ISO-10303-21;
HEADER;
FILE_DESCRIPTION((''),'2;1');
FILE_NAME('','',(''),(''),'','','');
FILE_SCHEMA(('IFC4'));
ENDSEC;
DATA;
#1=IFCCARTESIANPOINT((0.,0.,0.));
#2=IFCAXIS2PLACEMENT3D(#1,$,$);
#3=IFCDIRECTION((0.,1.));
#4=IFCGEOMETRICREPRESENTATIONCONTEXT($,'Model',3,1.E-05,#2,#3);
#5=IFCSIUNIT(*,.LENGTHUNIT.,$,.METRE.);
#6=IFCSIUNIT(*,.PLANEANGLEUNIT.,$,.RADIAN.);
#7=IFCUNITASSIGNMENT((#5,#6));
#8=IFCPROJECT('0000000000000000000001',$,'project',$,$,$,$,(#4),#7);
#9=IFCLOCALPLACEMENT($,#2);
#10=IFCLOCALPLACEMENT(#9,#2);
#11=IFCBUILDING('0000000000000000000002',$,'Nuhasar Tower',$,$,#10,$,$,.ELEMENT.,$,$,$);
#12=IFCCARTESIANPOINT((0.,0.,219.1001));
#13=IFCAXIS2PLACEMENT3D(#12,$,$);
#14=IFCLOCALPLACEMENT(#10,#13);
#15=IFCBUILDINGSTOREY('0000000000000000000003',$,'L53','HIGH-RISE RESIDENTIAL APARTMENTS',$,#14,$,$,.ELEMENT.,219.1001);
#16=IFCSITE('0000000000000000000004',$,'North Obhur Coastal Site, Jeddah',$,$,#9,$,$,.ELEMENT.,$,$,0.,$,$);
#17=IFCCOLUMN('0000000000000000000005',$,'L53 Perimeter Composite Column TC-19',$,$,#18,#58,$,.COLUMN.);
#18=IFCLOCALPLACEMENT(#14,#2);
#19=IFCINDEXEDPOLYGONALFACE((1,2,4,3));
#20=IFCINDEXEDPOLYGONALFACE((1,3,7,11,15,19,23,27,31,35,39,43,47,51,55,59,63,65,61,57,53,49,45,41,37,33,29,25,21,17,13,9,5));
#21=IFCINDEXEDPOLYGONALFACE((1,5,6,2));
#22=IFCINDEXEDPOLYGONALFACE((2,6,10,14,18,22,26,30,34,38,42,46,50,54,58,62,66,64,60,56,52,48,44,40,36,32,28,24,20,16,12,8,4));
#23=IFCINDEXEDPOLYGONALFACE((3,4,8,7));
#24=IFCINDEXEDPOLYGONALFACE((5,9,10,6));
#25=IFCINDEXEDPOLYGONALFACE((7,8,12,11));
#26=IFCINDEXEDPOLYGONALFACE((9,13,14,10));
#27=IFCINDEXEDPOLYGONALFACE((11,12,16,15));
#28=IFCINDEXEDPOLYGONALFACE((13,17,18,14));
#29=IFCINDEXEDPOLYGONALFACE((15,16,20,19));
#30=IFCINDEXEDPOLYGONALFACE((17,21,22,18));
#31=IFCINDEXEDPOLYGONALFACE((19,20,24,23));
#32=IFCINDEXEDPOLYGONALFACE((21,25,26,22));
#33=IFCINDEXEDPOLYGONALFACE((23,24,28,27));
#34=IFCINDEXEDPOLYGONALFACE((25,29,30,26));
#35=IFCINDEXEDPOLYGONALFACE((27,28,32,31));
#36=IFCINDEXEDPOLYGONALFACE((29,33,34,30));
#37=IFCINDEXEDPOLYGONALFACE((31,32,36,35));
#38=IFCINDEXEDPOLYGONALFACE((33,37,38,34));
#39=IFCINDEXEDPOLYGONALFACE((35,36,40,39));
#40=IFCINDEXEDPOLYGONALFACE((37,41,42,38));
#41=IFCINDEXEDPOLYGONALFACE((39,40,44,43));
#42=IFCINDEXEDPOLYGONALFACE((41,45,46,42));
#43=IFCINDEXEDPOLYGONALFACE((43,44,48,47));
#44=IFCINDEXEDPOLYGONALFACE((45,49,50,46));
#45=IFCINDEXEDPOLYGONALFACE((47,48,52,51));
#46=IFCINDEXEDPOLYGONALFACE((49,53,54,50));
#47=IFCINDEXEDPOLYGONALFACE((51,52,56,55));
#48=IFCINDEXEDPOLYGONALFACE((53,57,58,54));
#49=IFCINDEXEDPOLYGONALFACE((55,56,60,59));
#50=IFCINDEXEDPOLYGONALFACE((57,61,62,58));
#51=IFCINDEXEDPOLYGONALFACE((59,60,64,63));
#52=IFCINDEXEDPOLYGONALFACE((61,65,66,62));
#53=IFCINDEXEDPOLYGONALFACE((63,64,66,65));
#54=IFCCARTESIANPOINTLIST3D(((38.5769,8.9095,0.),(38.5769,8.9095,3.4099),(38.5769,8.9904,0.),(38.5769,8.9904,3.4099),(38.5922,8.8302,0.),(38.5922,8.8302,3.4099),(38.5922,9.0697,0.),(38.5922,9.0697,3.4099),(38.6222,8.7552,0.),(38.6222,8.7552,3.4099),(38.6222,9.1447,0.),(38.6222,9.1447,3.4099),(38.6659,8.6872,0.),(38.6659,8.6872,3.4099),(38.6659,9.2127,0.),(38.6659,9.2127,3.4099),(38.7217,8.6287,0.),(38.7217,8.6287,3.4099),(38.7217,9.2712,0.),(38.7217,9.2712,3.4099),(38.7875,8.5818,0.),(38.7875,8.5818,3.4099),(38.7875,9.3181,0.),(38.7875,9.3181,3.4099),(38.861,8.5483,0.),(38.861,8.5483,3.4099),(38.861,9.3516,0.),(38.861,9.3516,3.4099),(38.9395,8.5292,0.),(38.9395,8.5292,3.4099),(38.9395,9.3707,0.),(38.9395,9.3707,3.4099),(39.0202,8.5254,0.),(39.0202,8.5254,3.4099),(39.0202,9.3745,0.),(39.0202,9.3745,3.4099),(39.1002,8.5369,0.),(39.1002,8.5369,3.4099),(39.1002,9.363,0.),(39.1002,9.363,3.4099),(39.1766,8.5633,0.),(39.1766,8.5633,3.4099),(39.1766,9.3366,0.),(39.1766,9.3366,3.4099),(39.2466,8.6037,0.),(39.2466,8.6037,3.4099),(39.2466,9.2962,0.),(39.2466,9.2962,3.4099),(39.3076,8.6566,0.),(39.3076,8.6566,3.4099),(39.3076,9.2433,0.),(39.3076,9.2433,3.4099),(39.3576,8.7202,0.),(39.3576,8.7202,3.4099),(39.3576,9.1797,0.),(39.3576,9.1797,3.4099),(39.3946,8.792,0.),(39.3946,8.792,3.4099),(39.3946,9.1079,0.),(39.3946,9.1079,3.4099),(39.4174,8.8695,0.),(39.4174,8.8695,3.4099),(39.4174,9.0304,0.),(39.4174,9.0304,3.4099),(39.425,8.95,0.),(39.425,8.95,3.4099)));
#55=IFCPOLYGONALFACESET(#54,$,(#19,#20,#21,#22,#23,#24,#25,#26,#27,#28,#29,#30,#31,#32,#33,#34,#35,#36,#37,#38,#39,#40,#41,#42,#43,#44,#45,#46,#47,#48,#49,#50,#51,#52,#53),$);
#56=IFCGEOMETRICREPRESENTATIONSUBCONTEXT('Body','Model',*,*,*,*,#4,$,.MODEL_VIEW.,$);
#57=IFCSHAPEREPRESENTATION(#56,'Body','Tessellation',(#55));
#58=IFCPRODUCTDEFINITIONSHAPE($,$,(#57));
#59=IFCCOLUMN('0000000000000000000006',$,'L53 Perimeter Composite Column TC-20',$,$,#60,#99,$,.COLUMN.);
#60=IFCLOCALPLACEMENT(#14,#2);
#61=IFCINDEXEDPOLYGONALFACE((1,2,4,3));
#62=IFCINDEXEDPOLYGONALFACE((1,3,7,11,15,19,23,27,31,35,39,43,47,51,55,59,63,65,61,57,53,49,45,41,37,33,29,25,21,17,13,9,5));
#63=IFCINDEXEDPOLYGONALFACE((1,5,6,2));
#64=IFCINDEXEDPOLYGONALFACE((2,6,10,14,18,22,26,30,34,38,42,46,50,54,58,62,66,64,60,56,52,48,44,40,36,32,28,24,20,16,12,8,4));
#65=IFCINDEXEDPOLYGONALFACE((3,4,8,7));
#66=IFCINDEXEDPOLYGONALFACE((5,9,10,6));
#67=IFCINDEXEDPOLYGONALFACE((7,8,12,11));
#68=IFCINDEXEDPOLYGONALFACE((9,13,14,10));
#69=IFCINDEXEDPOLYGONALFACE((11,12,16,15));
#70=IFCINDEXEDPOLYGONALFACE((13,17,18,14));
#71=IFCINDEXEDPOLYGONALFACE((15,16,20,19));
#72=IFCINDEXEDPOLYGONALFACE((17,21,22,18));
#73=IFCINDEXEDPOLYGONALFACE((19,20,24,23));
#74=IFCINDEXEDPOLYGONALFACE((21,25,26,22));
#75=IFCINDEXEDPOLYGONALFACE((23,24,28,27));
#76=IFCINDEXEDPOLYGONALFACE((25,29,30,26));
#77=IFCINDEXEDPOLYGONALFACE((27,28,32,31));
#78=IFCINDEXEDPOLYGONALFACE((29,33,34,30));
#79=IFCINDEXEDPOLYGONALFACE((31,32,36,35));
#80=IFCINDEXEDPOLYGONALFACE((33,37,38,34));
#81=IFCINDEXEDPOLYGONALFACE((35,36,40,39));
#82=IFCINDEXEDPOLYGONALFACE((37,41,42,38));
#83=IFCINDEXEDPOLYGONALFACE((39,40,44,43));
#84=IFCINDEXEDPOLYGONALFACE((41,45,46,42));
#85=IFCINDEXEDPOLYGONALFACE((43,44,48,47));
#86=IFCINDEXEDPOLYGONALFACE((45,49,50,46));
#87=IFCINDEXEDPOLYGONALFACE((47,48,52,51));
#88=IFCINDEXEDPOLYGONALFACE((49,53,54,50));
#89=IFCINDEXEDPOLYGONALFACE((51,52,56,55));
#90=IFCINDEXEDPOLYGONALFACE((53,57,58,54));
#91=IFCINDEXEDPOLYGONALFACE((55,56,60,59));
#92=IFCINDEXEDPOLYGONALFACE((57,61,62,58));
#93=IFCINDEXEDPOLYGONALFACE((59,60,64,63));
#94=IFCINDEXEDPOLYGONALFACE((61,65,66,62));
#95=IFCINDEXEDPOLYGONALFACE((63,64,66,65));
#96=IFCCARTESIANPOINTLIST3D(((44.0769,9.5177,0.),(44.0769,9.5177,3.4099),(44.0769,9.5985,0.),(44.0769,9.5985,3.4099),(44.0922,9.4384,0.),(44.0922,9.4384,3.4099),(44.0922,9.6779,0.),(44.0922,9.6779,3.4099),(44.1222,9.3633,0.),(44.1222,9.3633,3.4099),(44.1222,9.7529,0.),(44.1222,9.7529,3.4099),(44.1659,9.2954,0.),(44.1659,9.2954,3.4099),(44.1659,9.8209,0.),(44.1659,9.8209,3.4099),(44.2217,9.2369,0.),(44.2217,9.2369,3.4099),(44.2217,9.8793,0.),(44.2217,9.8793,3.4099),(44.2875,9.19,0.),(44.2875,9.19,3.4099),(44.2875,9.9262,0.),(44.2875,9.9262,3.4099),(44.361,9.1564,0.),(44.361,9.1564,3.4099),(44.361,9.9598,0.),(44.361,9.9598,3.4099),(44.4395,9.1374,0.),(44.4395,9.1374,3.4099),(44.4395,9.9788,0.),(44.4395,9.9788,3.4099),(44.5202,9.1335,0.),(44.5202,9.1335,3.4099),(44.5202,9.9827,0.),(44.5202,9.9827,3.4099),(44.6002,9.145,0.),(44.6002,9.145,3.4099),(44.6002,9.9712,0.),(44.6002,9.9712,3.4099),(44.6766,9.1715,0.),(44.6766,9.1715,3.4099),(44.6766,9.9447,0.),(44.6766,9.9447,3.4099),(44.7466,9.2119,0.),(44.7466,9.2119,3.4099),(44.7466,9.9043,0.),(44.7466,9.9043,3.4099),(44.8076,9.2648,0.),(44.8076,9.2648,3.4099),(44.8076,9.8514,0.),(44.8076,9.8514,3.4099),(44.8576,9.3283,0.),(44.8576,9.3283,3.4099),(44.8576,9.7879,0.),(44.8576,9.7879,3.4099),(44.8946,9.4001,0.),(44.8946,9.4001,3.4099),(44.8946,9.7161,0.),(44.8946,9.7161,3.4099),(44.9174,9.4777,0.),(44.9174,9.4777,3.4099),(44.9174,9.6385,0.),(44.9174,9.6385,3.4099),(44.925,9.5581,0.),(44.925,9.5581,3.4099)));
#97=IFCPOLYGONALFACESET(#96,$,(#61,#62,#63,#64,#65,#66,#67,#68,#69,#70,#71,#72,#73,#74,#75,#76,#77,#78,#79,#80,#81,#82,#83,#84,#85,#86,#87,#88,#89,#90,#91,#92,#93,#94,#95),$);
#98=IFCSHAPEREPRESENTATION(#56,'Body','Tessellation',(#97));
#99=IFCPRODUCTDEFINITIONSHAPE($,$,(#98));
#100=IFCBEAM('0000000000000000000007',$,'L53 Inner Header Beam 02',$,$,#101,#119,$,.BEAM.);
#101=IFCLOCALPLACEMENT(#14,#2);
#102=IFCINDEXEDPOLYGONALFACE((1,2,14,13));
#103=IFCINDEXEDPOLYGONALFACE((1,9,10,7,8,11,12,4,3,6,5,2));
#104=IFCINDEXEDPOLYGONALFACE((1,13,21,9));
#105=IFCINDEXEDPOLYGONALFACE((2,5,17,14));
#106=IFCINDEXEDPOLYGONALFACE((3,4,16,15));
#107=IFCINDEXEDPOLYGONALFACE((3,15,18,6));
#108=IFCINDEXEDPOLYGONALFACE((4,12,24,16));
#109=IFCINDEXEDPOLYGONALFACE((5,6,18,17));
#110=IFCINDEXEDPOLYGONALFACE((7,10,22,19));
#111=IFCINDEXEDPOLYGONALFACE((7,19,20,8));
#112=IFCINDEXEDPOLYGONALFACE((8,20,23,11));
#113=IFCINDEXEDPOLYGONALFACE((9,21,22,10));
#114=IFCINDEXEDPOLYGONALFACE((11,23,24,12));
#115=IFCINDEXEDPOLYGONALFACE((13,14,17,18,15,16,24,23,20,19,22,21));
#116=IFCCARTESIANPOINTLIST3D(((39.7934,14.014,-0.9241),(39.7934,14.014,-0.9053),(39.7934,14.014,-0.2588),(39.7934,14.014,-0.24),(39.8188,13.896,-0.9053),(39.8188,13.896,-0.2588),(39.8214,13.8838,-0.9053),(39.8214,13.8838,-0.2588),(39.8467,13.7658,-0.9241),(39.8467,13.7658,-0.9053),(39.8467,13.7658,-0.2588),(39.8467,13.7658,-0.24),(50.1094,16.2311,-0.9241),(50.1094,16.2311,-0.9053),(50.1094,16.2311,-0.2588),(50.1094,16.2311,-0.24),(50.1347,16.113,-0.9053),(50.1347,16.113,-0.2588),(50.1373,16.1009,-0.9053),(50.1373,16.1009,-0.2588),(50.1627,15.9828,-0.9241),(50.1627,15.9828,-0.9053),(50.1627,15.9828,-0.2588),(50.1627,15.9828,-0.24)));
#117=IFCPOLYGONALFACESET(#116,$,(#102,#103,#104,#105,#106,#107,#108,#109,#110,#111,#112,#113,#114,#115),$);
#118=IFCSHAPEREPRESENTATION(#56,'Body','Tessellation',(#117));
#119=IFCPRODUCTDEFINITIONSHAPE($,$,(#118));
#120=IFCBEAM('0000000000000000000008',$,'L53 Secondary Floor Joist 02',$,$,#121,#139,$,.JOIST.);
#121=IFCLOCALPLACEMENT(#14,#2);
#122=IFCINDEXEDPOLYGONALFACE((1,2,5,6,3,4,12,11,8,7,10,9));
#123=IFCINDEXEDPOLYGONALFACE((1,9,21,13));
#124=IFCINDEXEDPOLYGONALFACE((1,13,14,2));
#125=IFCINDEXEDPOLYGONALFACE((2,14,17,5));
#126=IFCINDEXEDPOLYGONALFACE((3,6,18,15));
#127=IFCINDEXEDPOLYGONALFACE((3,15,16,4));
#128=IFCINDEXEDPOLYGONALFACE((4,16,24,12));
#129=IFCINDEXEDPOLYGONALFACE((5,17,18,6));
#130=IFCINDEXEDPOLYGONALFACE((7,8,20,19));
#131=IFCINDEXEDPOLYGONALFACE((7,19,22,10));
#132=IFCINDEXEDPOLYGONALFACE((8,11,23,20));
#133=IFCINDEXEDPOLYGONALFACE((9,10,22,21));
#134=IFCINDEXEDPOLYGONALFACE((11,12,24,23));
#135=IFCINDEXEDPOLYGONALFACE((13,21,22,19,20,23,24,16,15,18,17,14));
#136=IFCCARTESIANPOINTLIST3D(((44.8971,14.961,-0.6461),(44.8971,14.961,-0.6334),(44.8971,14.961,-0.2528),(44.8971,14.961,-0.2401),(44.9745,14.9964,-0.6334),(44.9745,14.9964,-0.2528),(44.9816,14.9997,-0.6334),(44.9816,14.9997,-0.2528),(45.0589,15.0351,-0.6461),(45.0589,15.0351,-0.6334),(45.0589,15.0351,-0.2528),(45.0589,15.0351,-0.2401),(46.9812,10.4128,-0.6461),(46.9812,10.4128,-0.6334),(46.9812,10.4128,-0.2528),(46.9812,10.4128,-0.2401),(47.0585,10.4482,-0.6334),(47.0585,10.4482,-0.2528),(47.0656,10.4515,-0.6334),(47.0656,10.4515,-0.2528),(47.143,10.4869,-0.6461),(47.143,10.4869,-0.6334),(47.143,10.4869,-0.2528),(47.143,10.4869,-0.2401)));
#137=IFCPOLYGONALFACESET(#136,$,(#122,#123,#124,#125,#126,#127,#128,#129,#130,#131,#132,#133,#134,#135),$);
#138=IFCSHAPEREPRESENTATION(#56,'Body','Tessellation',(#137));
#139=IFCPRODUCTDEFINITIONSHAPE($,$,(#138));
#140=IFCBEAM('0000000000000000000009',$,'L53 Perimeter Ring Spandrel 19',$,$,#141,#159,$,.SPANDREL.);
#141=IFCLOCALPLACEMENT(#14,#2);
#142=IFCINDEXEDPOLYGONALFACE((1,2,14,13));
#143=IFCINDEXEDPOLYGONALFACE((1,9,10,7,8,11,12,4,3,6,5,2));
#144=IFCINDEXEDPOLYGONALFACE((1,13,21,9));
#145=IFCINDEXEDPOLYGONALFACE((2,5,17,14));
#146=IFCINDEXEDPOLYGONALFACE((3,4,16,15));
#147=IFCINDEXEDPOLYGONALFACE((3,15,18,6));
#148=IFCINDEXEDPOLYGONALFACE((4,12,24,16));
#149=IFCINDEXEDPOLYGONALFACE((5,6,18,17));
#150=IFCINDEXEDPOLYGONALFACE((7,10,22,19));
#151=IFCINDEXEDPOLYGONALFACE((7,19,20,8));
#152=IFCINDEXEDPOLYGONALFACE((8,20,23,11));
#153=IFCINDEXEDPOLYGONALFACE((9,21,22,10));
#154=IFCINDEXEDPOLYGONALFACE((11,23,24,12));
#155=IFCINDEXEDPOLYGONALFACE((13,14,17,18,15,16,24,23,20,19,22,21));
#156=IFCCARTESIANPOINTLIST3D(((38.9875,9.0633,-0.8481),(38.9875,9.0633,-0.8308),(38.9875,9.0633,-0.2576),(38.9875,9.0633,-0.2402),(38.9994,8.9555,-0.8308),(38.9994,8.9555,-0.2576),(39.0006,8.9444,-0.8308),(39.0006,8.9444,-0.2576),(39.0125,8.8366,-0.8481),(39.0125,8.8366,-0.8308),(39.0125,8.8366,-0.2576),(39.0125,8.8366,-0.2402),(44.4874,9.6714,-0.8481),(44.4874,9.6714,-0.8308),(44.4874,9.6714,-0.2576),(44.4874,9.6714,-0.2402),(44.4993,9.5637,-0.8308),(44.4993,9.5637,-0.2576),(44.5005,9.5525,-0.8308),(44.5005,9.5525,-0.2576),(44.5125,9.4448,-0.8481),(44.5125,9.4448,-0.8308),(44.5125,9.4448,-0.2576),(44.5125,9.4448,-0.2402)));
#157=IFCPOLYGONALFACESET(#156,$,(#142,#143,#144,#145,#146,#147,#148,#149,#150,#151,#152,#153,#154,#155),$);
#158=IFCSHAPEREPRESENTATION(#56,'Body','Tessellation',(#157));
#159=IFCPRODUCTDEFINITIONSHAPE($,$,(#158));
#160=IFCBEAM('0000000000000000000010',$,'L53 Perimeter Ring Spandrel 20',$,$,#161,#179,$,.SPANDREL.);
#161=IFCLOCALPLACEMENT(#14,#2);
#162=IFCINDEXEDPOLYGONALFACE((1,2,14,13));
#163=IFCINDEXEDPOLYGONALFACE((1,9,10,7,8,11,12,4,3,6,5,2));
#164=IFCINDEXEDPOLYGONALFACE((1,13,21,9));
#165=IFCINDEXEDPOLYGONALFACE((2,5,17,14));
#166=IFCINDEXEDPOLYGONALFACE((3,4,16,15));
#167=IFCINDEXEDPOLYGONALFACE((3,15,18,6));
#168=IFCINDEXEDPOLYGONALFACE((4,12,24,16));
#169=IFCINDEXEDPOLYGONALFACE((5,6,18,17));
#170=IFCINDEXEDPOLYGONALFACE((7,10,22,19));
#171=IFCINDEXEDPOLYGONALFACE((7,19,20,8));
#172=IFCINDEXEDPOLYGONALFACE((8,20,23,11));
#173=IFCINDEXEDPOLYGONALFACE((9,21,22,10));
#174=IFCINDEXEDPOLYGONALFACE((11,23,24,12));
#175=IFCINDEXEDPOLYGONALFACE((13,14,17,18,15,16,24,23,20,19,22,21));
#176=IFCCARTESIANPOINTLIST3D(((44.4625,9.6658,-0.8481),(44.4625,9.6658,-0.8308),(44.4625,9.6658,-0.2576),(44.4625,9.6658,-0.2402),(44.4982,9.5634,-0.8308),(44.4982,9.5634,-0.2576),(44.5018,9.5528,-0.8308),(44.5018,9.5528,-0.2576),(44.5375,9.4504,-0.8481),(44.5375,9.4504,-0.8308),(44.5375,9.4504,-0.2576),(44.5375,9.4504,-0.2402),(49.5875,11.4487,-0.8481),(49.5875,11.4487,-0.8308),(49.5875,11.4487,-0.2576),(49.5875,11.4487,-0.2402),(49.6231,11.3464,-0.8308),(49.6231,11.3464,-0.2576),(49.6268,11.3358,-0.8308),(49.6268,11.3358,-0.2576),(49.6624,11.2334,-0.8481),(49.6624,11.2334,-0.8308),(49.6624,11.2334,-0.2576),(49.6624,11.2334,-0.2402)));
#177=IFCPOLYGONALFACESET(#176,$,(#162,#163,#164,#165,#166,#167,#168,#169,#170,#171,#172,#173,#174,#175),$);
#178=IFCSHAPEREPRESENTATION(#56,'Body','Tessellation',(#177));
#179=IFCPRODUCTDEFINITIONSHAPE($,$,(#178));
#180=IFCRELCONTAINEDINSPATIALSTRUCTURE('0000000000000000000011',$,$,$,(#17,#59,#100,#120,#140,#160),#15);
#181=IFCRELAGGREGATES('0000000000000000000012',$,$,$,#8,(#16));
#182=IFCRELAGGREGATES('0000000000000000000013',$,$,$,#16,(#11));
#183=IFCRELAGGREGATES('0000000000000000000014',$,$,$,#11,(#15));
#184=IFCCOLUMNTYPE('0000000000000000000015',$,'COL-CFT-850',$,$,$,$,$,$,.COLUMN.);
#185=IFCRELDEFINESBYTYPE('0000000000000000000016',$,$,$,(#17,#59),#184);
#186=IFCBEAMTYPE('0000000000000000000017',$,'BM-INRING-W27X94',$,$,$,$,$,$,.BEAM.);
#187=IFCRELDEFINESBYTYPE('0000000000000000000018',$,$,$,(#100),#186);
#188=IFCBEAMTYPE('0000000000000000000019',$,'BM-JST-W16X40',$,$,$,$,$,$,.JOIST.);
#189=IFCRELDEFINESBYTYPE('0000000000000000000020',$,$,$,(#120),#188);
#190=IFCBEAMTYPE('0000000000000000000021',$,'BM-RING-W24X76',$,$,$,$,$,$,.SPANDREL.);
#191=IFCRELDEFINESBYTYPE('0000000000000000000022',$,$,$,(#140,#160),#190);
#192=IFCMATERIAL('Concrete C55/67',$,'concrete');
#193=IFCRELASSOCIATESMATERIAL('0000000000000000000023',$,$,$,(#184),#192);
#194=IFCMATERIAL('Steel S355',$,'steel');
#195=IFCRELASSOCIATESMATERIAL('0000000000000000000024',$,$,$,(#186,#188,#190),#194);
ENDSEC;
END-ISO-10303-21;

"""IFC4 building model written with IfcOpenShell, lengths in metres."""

from ifc_helpers import new_model, si_unit, direction, frame, origin, origin_2d, place, context, subcontext, project, spatial, circle, i_section, extrude, material, material_profile, profile_set, type_object, element, save


model = new_model("IFC4")

# Units and contexts
model_context = context("Model", 3, precision=1e-05, world=origin(), true_north=direction((0.0, 1.0)))
body_context = subcontext(model_context, "Body", "Model", "MODEL_VIEW")
ifc_project = project(units=[si_unit("LENGTHUNIT", "METRE"), si_unit("PLANEANGLEUNIT", "RADIAN")], contexts=[model_context])

# Site, building, storey
site_placement = place(None, origin())
site = spatial("IfcSite", under=ifc_project, at=site_placement, Name="North Obhur Coastal Site, Jeddah", CompositionType="ELEMENT", RefElevation=0.0)
building_placement = place(site_placement, origin())
building = spatial("IfcBuilding", under=site, at=building_placement, Name="Nuhasar Tower", CompositionType="ELEMENT")
storey_placement = place(building_placement, frame((0.0, 0.0, 219.1001)))
storey = spatial("IfcBuildingStorey", under=building, at=storey_placement, Name="L53", Description="HIGH-RISE RESIDENTIAL APARTMENTS", CompositionType="ELEMENT", Elevation=219.1001)

# Columns
ifc_material_1 = material(Name="Concrete C55/67", Category="concrete")
ifc_material_profile_1 = material_profile(ifc_material_1, circle(Radius=0.425, at=origin_2d()), Name="CFT850")
ifc_profile_set_1 = profile_set([ifc_material_profile_1], Name="Concrete C55/67")
column_type = type_object("IfcColumnType", Name="COL-CFT-850", PredefinedType="COLUMN", material=ifc_profile_set_1)
for number, where, z_axis, x_axis, name in (
    (1, (39.0, 8.95, 0.0), (0.0, 0.0, 1.0), (1.0, 0.0, 0.0), "L53 Perimeter Composite Column TC-19"),
    (2, (44.5, 9.5581, 0.0), (0.0, 0.0, 1.0), (1.0, 0.0, 0.0), "L53 Perimeter Composite Column TC-20"),
):
    element("IfcColumn", number, at=place(storey_placement, frame(where, z_axis=z_axis, x_axis=x_axis)), inside=storey, type_object=column_type, Name=name, PredefinedType="COLUMN", context=body_context, shape_type="SweptSolid", body=[
        extrude(circle(Radius=0.425, at=origin_2d()), origin(), (0.0, 0.0, 1.0), 3.4099),
    ])

# Beams
ifc_material_2 = material(Name="Steel S355", Category="steel")
ifc_material_profile_2 = material_profile(ifc_material_2, i_section(OverallWidth=0.2539, OverallDepth=0.6841, WebThickness=0.0125, FlangeThickness=0.0188, at=origin_2d()), Name="W27X94")
ifc_profile_set_2 = profile_set([ifc_material_profile_2], Name="Steel S355")
beam_type_1 = type_object("IfcBeamType", Name="BM-INRING-W27X94", PredefinedType="BEAM", material=ifc_profile_set_2)
beam_1_placement = place(storey_placement, frame((39.8201, 13.8899, -0.582), z_axis=(0.977676, 0.210117, 0.0), x_axis=(-0.210117, 0.977676, 0.0)))
element("IfcBeam", 3, at=beam_1_placement, inside=storey, type_object=beam_type_1, Name="L53 Inner Header Beam 02", PredefinedType="BEAM", context=body_context, shape_type="SweptSolid", body=[
    extrude(i_section(OverallWidth=0.2539, OverallDepth=0.6841, WebThickness=0.0125, FlangeThickness=0.0188, at=origin_2d()), origin(), (0.0, 0.0, 1.0), 10.5515),
])
ifc_material_profile_3 = material_profile(ifc_material_2, i_section(OverallWidth=0.178, OverallDepth=0.406, WebThickness=0.0078, FlangeThickness=0.0127, at=origin_2d()), Name="W16X40")
ifc_profile_set_3 = profile_set([ifc_material_profile_3], Name="Steel S355")
beam_type_2 = type_object("IfcBeamType", Name="BM-JST-W16X40", PredefinedType="JOIST", material=ifc_profile_set_3)
beam_2_placement = place(storey_placement, frame((44.978, 14.998, -0.4431), z_axis=(0.416562, -0.909107, 0.0), x_axis=(0.909107, 0.416562, 0.0)))
element("IfcBeam", 4, at=beam_2_placement, inside=storey, type_object=beam_type_2, Name="L53 Secondary Floor Joist 02", PredefinedType="JOIST", context=body_context, shape_type="SweptSolid", body=[
    extrude(i_section(OverallWidth=0.178, OverallDepth=0.406, WebThickness=0.0078, FlangeThickness=0.0127, at=origin_2d()), origin(), (0.0, 0.0, 1.0), 5.0029),
])
ifc_material_profile_4 = material_profile(ifc_material_2, i_section(OverallWidth=0.228, OverallDepth=0.6079, WebThickness=0.0112, FlangeThickness=0.0173, at=origin_2d()), Name="W24X76")
ifc_profile_set_4 = profile_set([ifc_material_profile_4], Name="Steel S355")
beam_type_3 = type_object("IfcBeamType", Name="BM-RING-W24X76", PredefinedType="SPANDREL", material=ifc_profile_set_4)
beam_3_placement = place(storey_placement, frame((39.0, 8.95, -0.5442), z_axis=(0.993942, 0.109904, 0.0), x_axis=(-0.109904, 0.993942, 0.0)))
element("IfcBeam", 5, at=beam_3_placement, inside=storey, type_object=beam_type_3, Name="L53 Perimeter Ring Spandrel 19", PredefinedType="SPANDREL", context=body_context, shape_type="SweptSolid", body=[
    extrude(i_section(OverallWidth=0.228, OverallDepth=0.6079, WebThickness=0.0112, FlangeThickness=0.0173, at=origin_2d()), origin(), (0.0, 0.0, 1.0), 5.5334),
])
beam_4_placement = place(storey_placement, frame((44.5, 9.5581, -0.5442), z_axis=(0.944477, 0.328578, 0.0), x_axis=(-0.328578, 0.944477, 0.0)))
element("IfcBeam", 6, at=beam_4_placement, inside=storey, type_object=beam_type_3, Name="L53 Perimeter Ring Spandrel 20", PredefinedType="SPANDREL", context=body_context, shape_type="SweptSolid", body=[
    extrude(i_section(OverallWidth=0.228, OverallDepth=0.6079, WebThickness=0.0112, FlangeThickness=0.0173, at=origin_2d()), origin(), (0.0, 0.0, 1.0), 5.4263),
])

save(model, "model.ifc")
